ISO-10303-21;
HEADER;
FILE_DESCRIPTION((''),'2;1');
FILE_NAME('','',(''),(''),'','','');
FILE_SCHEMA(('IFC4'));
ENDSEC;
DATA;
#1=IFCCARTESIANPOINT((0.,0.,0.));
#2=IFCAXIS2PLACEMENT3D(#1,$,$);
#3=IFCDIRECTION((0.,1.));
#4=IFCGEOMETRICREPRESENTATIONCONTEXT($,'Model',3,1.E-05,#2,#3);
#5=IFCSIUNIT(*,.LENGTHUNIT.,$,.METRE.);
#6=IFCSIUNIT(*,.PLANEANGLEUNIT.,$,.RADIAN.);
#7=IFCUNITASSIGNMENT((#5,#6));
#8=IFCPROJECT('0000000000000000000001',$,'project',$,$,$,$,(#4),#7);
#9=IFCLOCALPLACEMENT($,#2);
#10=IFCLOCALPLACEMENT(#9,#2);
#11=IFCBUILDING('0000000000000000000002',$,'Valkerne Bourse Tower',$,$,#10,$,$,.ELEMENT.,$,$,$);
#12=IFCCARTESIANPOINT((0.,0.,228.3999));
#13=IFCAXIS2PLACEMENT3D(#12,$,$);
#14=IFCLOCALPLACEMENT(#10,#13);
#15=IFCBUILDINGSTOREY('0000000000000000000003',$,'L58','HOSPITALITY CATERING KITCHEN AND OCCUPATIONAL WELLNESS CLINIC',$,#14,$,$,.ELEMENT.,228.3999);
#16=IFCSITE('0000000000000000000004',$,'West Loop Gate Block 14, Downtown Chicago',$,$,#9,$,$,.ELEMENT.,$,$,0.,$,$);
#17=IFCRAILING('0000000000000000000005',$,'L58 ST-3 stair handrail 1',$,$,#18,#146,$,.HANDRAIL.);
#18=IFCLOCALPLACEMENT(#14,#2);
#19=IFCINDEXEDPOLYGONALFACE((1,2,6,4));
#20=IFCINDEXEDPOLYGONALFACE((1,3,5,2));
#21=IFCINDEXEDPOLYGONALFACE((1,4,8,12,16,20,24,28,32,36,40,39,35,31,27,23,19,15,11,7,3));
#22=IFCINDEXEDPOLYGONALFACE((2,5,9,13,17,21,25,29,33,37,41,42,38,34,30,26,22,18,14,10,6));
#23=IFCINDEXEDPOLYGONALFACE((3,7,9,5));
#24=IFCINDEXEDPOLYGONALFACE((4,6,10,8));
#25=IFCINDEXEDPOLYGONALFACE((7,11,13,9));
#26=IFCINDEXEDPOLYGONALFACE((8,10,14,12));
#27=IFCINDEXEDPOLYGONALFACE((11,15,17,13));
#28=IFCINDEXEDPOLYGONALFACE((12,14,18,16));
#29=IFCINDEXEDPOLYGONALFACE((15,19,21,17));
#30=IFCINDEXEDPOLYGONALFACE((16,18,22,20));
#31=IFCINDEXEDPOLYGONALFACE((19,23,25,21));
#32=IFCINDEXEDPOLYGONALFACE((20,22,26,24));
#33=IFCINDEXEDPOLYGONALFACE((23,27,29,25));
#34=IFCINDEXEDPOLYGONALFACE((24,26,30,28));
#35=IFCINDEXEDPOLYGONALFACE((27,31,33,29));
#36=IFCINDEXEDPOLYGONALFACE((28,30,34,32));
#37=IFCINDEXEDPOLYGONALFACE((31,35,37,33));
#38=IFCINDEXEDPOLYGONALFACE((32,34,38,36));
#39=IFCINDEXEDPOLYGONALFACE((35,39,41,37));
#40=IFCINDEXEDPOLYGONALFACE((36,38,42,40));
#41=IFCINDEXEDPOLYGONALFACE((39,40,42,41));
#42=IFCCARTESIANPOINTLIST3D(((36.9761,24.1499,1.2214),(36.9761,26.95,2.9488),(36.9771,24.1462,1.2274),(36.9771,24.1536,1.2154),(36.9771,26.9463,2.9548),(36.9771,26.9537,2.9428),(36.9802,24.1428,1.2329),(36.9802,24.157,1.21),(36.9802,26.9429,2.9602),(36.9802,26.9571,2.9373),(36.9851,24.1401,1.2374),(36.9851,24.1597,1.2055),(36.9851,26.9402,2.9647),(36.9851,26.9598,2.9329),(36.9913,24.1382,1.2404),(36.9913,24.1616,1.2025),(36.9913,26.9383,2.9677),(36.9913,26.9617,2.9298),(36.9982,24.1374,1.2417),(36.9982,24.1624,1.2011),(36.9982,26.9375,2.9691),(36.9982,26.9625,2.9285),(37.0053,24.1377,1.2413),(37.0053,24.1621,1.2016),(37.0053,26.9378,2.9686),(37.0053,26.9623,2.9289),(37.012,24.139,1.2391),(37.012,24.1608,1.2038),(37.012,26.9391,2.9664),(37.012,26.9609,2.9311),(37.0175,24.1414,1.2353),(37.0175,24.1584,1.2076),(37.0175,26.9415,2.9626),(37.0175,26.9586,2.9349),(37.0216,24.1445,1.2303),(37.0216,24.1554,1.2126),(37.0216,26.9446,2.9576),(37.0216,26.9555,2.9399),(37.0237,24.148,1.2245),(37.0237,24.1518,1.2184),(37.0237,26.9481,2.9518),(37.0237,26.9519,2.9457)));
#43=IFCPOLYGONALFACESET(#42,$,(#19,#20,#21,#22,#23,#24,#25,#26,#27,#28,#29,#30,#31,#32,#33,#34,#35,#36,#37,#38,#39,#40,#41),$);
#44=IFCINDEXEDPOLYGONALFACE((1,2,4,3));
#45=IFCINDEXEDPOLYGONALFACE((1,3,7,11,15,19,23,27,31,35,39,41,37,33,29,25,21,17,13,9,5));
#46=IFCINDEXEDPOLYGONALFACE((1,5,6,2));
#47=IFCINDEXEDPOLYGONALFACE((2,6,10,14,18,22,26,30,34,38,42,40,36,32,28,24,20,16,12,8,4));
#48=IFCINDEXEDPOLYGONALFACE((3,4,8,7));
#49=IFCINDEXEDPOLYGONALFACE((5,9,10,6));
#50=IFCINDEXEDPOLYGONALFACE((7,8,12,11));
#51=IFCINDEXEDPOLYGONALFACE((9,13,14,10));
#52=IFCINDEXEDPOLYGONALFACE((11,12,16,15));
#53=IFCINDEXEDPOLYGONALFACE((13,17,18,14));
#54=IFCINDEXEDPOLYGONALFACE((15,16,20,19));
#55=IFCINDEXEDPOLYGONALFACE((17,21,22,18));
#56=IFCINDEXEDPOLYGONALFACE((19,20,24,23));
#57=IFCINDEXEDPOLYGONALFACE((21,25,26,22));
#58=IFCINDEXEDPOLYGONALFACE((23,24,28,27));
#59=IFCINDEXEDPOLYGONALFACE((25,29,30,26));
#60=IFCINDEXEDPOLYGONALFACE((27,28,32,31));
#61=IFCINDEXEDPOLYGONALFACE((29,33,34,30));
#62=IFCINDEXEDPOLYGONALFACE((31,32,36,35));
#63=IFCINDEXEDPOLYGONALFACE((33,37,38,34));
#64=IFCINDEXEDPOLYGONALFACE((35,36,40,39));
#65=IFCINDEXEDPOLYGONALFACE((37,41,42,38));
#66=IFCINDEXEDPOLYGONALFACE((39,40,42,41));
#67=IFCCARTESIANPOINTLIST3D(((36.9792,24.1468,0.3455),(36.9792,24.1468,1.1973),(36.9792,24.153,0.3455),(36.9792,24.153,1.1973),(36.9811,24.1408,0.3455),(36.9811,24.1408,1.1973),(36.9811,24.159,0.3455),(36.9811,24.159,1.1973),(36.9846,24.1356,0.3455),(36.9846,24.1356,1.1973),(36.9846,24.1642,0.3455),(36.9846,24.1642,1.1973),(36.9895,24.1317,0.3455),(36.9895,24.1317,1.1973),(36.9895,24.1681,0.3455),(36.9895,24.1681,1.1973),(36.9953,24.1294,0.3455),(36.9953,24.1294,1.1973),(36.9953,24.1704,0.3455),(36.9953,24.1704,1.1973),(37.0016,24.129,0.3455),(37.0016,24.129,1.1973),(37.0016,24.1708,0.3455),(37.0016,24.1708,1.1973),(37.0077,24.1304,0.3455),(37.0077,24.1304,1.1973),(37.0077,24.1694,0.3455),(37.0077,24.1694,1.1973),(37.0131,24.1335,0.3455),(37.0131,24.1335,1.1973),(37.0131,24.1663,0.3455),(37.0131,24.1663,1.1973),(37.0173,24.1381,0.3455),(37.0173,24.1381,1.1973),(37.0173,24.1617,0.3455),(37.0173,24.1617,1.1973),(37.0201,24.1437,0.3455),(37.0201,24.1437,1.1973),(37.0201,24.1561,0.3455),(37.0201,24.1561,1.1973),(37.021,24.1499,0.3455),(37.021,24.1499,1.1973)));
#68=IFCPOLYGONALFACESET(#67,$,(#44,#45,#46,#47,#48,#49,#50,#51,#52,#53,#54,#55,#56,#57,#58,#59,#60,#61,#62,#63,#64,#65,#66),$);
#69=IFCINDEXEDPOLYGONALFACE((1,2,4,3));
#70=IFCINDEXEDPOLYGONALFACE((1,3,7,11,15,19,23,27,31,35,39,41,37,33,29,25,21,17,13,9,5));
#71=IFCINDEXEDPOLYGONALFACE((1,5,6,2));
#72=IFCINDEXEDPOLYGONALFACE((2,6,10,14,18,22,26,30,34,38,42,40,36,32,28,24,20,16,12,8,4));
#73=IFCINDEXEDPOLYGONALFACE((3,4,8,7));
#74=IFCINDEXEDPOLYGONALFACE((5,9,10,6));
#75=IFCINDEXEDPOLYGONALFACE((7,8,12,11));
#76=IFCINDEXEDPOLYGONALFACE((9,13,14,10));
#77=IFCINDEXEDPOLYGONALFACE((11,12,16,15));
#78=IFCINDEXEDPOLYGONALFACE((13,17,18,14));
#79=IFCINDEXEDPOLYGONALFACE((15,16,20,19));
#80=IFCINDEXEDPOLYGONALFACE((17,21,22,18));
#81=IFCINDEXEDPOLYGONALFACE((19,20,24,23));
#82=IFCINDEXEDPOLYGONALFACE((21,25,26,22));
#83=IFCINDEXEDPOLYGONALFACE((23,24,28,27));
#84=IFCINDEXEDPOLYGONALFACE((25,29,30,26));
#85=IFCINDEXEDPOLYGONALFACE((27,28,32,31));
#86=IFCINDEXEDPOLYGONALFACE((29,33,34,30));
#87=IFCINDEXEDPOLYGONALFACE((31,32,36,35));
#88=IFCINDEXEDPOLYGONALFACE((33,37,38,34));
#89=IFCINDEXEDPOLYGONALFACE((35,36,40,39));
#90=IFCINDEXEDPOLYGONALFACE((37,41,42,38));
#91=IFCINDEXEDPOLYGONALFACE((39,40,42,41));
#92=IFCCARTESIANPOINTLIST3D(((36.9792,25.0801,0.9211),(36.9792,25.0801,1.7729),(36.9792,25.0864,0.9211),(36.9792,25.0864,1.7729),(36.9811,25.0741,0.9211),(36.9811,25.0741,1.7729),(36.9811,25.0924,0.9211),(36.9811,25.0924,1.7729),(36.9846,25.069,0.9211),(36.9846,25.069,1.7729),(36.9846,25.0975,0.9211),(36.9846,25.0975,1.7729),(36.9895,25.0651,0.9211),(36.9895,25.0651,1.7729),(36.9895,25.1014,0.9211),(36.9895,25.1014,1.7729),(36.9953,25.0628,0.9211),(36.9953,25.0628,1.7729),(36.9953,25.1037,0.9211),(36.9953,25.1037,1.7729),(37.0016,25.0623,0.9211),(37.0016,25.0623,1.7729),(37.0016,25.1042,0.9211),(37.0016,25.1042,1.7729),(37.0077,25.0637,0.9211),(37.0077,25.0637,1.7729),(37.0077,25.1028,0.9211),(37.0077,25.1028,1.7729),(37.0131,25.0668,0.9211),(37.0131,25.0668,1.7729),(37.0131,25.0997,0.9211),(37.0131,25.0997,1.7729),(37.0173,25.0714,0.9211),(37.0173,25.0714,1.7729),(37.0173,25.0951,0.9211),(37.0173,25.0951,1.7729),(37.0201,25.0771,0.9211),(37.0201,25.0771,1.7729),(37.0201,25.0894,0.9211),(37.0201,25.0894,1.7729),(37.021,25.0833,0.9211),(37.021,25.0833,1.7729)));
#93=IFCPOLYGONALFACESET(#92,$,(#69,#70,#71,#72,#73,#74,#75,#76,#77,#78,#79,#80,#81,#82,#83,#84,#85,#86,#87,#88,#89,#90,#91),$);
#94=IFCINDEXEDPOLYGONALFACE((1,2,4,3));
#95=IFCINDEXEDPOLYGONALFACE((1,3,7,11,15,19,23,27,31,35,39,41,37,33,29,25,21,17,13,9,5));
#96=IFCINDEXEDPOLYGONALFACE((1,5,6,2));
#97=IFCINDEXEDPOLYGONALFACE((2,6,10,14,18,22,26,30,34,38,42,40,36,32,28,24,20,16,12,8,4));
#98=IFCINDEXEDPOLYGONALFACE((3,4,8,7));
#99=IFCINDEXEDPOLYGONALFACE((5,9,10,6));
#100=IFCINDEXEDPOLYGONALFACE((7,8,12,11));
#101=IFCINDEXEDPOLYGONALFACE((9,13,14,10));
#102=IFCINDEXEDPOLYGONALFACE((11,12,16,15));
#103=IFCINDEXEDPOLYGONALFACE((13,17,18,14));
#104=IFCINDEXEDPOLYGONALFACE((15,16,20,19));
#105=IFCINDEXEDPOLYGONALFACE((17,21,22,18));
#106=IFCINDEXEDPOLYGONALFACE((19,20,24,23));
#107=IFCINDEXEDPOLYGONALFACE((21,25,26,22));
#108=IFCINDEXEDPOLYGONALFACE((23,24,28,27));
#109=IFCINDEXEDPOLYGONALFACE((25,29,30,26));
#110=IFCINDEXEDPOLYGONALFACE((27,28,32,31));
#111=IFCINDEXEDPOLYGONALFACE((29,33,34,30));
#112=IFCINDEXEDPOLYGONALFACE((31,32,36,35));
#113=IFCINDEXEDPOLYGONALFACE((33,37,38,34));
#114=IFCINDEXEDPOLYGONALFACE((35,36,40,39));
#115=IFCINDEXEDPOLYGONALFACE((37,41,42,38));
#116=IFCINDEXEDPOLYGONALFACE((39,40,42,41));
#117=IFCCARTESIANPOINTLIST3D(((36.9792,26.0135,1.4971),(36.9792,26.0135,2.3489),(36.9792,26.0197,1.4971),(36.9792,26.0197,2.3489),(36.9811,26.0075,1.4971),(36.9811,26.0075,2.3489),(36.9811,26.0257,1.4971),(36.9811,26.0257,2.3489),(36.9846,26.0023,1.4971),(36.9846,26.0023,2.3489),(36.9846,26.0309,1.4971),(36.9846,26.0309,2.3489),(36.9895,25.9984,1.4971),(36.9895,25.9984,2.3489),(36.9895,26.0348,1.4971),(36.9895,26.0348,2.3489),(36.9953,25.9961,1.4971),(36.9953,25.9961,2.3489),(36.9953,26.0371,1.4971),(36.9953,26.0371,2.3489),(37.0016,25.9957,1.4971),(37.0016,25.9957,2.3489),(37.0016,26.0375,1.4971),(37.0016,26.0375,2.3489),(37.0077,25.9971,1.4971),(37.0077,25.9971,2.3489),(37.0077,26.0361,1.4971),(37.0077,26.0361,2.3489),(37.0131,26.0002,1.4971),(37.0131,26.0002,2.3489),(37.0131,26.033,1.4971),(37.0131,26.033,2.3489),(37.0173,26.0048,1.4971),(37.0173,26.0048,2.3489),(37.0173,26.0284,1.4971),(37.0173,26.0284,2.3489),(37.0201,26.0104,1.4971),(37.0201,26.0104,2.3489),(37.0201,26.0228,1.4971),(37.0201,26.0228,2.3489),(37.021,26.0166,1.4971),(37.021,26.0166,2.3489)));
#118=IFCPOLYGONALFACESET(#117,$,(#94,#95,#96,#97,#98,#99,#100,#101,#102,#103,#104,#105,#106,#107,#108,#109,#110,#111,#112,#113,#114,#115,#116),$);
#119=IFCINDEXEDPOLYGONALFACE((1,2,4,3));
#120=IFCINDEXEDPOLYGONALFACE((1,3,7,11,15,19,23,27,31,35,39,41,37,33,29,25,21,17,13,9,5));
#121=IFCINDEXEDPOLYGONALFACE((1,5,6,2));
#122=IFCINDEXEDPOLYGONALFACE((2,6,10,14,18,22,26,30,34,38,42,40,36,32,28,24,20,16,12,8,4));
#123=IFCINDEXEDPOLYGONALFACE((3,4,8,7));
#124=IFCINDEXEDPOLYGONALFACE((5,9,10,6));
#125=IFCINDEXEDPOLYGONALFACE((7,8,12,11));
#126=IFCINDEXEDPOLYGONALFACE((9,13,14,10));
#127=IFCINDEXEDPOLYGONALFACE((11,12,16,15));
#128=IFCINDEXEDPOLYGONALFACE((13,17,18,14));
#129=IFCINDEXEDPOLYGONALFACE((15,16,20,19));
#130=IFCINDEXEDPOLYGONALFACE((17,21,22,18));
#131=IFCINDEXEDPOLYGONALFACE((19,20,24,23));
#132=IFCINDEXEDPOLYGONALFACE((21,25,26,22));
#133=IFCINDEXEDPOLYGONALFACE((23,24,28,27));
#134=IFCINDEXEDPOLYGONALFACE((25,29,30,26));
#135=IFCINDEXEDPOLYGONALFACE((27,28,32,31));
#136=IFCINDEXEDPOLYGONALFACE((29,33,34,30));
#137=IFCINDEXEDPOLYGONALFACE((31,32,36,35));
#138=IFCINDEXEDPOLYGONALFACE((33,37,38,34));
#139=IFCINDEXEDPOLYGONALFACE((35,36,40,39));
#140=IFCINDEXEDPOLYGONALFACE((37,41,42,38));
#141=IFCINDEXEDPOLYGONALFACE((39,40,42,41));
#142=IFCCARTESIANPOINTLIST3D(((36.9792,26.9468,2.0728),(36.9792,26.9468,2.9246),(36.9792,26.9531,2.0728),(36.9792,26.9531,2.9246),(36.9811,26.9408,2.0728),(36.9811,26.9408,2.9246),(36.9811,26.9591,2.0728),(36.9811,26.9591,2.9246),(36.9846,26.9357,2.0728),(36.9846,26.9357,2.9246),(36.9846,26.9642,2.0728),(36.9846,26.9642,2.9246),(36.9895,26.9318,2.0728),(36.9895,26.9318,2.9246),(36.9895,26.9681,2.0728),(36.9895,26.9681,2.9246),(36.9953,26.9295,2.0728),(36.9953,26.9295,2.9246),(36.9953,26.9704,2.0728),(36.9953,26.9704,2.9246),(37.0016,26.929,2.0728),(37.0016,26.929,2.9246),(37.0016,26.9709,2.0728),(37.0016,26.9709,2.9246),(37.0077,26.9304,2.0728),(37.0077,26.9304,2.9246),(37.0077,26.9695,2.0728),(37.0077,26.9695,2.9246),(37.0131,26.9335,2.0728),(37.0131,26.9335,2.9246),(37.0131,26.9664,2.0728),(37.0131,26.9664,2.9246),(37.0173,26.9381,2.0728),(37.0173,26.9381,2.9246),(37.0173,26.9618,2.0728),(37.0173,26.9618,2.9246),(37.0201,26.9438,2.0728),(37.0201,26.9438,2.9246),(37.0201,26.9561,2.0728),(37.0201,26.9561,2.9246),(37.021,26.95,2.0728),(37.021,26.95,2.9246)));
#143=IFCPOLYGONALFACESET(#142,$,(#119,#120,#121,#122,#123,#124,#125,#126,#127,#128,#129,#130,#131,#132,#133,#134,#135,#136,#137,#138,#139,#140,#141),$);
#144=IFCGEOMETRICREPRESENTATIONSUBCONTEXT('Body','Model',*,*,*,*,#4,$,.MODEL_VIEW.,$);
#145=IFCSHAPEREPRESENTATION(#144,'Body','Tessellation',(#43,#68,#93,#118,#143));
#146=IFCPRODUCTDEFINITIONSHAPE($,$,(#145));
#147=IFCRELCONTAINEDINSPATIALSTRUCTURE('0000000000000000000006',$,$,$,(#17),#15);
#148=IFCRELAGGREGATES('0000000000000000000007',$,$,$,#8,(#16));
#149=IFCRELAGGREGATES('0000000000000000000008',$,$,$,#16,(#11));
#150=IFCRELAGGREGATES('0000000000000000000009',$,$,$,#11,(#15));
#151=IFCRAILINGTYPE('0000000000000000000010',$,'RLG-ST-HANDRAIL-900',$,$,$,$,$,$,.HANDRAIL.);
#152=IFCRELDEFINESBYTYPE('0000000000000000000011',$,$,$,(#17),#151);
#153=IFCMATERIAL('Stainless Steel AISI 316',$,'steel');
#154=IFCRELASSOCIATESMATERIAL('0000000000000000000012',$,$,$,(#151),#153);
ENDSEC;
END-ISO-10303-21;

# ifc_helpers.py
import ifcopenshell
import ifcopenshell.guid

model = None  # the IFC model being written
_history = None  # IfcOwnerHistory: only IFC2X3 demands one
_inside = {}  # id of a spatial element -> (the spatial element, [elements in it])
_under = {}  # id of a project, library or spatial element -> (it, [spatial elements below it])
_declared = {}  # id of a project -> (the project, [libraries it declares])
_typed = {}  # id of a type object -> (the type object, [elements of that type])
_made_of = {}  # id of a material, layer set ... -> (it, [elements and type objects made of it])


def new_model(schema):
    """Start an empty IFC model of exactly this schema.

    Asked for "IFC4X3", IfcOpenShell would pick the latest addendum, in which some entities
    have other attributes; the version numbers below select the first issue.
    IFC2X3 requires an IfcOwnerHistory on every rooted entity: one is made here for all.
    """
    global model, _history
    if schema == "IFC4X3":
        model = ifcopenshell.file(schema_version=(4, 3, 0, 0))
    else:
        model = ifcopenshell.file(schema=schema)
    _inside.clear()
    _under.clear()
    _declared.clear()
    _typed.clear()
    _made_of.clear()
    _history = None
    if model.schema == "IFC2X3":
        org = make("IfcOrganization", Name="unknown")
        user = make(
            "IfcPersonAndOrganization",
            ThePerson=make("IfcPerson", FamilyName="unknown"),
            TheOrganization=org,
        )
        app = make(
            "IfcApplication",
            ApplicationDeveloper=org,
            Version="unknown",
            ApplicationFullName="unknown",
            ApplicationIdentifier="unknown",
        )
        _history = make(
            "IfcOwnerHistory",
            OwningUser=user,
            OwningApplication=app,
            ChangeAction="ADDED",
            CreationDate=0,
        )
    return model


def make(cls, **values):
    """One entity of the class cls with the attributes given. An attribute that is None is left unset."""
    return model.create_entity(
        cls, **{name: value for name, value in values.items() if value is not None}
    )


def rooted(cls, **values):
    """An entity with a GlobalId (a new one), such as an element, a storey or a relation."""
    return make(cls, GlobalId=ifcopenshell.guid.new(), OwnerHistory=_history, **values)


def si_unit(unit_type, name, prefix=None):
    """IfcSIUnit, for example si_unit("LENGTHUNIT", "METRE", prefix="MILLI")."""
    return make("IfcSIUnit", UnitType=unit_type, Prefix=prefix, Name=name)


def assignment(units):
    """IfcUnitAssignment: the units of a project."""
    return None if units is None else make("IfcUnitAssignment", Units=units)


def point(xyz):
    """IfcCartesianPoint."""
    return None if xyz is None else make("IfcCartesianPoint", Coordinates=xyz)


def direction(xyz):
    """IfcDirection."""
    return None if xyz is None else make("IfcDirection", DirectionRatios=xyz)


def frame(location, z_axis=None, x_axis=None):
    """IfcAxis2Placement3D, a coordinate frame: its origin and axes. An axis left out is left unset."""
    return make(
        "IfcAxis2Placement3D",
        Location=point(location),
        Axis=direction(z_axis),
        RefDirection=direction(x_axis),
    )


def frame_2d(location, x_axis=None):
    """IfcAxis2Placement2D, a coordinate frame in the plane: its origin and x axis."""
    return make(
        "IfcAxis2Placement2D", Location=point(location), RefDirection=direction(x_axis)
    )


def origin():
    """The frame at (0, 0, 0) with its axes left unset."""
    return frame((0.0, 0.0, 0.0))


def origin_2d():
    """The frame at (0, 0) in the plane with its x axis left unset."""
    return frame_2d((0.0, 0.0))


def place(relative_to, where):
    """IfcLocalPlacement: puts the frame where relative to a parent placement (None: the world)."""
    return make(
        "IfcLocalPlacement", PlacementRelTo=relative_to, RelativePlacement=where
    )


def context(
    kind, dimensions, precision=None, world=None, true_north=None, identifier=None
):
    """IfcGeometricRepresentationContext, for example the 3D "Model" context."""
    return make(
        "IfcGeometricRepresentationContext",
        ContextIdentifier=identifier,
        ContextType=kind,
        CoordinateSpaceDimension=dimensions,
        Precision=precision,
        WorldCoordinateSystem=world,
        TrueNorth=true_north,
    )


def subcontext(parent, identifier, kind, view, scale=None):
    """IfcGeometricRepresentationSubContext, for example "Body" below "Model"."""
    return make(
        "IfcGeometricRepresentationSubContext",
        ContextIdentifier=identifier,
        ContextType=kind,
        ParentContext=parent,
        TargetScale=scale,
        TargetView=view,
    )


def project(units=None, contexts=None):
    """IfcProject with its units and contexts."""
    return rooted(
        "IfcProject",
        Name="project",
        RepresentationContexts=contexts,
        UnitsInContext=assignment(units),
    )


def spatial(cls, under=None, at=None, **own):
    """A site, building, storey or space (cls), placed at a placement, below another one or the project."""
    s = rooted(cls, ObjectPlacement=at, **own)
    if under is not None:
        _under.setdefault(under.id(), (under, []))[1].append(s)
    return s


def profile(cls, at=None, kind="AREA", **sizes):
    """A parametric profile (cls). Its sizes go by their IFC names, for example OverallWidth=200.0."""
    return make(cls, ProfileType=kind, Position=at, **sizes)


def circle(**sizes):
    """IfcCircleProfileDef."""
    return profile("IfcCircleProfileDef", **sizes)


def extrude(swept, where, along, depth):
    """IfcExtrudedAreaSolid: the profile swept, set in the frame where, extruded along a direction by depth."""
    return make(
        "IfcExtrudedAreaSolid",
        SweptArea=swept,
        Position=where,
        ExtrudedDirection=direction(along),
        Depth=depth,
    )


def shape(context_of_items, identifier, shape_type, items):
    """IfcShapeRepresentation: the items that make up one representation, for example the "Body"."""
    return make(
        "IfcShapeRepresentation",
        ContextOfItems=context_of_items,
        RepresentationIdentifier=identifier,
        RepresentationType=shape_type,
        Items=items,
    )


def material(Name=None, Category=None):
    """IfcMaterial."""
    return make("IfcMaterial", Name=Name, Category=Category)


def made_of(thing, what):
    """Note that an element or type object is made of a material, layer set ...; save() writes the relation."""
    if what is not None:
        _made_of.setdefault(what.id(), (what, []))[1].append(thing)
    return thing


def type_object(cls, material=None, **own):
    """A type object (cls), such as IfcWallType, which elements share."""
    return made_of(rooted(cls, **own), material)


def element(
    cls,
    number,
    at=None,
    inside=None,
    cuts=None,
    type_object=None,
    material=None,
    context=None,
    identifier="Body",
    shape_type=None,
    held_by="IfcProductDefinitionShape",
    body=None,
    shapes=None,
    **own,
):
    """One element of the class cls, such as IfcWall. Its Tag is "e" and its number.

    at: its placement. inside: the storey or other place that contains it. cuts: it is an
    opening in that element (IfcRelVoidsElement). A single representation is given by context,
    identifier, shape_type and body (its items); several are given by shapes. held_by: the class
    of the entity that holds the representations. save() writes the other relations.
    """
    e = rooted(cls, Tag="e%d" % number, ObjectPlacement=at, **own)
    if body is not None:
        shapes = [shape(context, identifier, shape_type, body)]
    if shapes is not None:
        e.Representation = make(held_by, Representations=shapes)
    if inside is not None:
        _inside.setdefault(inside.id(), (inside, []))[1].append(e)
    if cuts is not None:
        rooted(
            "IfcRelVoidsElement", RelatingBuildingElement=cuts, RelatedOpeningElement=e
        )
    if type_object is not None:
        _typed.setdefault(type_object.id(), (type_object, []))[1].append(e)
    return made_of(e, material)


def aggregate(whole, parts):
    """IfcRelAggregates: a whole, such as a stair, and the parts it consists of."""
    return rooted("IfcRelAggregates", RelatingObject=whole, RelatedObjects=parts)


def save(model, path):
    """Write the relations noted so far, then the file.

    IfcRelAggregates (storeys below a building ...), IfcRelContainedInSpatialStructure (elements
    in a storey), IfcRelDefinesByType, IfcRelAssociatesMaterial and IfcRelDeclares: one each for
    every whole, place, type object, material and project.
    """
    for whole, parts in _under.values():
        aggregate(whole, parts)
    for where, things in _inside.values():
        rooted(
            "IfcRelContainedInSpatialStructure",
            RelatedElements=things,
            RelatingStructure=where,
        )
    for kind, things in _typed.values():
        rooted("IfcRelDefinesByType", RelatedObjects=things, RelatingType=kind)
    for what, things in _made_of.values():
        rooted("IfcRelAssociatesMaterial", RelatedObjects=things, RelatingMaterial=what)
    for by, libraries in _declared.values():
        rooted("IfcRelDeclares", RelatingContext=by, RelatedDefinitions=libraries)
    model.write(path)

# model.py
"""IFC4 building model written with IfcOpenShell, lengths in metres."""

from ifc_helpers import new_model, si_unit, direction, frame, origin, origin_2d, place, context, subcontext, project, spatial, circle, extrude, material, type_object, element, save


model = new_model("IFC4")

# Units and contexts
model_context = context("Model", 3, precision=1e-05, world=origin(), true_north=direction((0.0, 1.0)))
body_context = subcontext(model_context, "Body", "Model", "MODEL_VIEW")
ifc_project = project(units=[si_unit("LENGTHUNIT", "METRE"), si_unit("PLANEANGLEUNIT", "RADIAN")], contexts=[model_context])

# Site, building, storey
site_placement = place(None, origin())
site = spatial("IfcSite", under=ifc_project, at=site_placement, Name="West Loop Gate Block 14, Downtown Chicago", CompositionType="ELEMENT", RefElevation=0.0)
building_placement = place(site_placement, origin())
building = spatial("IfcBuilding", under=site, at=building_placement, Name="Valkerne Bourse Tower", CompositionType="ELEMENT")
storey_placement = place(building_placement, frame((0.0, 0.0, 228.3999)))
storey = spatial("IfcBuildingStorey", under=building, at=storey_placement, Name="L58", Description="HOSPITALITY CATERING KITCHEN AND OCCUPATIONAL WELLNESS CLINIC", CompositionType="ELEMENT", Elevation=228.3999)

# Railing
ifc_material_1 = material(Name="Stainless Steel AISI 316", Category="steel")
railing_type_1 = type_object("IfcRailingType", Name="RLG-ST-HANDRAIL-900", PredefinedType="HANDRAIL", material=ifc_material_1)
railing_1_placement = place(storey_placement, frame((37.0, 24.1499, 0.3455)))
element("IfcRailing", 1, at=railing_1_placement, inside=storey, type_object=railing_type_1, Name="L58 ST-3 stair handrail 1", PredefinedType="HANDRAIL", context=body_context, shape_type="SweptSolid", body=[
    extrude(circle(Radius=0.0239, at=origin_2d()), frame((0.0, 0.0, 0.876), z_axis=(0.0, 0.85109, 0.52502), x_axis=(-1.0, 0.0, 0.0)), (0.0, 0.0, 1.0), 3.29),
    extrude(circle(Radius=0.021, at=origin_2d()), origin(), (0.0, 0.0, 1.0), 0.8518),
    extrude(circle(Radius=0.021, at=origin_2d()), frame((0.0, 0.9333, 0.5757)), (0.0, 0.0, 1.0), 0.8518),
    extrude(circle(Radius=0.021, at=origin_2d()), frame((0.0, 1.8667, 1.1516)), (0.0, 0.0, 1.0), 0.8518),
    extrude(circle(Radius=0.021, at=origin_2d()), frame((0.0, 2.8, 1.7273)), (0.0, 0.0, 1.0), 0.8518),
])

save(model, "model.ifc")
